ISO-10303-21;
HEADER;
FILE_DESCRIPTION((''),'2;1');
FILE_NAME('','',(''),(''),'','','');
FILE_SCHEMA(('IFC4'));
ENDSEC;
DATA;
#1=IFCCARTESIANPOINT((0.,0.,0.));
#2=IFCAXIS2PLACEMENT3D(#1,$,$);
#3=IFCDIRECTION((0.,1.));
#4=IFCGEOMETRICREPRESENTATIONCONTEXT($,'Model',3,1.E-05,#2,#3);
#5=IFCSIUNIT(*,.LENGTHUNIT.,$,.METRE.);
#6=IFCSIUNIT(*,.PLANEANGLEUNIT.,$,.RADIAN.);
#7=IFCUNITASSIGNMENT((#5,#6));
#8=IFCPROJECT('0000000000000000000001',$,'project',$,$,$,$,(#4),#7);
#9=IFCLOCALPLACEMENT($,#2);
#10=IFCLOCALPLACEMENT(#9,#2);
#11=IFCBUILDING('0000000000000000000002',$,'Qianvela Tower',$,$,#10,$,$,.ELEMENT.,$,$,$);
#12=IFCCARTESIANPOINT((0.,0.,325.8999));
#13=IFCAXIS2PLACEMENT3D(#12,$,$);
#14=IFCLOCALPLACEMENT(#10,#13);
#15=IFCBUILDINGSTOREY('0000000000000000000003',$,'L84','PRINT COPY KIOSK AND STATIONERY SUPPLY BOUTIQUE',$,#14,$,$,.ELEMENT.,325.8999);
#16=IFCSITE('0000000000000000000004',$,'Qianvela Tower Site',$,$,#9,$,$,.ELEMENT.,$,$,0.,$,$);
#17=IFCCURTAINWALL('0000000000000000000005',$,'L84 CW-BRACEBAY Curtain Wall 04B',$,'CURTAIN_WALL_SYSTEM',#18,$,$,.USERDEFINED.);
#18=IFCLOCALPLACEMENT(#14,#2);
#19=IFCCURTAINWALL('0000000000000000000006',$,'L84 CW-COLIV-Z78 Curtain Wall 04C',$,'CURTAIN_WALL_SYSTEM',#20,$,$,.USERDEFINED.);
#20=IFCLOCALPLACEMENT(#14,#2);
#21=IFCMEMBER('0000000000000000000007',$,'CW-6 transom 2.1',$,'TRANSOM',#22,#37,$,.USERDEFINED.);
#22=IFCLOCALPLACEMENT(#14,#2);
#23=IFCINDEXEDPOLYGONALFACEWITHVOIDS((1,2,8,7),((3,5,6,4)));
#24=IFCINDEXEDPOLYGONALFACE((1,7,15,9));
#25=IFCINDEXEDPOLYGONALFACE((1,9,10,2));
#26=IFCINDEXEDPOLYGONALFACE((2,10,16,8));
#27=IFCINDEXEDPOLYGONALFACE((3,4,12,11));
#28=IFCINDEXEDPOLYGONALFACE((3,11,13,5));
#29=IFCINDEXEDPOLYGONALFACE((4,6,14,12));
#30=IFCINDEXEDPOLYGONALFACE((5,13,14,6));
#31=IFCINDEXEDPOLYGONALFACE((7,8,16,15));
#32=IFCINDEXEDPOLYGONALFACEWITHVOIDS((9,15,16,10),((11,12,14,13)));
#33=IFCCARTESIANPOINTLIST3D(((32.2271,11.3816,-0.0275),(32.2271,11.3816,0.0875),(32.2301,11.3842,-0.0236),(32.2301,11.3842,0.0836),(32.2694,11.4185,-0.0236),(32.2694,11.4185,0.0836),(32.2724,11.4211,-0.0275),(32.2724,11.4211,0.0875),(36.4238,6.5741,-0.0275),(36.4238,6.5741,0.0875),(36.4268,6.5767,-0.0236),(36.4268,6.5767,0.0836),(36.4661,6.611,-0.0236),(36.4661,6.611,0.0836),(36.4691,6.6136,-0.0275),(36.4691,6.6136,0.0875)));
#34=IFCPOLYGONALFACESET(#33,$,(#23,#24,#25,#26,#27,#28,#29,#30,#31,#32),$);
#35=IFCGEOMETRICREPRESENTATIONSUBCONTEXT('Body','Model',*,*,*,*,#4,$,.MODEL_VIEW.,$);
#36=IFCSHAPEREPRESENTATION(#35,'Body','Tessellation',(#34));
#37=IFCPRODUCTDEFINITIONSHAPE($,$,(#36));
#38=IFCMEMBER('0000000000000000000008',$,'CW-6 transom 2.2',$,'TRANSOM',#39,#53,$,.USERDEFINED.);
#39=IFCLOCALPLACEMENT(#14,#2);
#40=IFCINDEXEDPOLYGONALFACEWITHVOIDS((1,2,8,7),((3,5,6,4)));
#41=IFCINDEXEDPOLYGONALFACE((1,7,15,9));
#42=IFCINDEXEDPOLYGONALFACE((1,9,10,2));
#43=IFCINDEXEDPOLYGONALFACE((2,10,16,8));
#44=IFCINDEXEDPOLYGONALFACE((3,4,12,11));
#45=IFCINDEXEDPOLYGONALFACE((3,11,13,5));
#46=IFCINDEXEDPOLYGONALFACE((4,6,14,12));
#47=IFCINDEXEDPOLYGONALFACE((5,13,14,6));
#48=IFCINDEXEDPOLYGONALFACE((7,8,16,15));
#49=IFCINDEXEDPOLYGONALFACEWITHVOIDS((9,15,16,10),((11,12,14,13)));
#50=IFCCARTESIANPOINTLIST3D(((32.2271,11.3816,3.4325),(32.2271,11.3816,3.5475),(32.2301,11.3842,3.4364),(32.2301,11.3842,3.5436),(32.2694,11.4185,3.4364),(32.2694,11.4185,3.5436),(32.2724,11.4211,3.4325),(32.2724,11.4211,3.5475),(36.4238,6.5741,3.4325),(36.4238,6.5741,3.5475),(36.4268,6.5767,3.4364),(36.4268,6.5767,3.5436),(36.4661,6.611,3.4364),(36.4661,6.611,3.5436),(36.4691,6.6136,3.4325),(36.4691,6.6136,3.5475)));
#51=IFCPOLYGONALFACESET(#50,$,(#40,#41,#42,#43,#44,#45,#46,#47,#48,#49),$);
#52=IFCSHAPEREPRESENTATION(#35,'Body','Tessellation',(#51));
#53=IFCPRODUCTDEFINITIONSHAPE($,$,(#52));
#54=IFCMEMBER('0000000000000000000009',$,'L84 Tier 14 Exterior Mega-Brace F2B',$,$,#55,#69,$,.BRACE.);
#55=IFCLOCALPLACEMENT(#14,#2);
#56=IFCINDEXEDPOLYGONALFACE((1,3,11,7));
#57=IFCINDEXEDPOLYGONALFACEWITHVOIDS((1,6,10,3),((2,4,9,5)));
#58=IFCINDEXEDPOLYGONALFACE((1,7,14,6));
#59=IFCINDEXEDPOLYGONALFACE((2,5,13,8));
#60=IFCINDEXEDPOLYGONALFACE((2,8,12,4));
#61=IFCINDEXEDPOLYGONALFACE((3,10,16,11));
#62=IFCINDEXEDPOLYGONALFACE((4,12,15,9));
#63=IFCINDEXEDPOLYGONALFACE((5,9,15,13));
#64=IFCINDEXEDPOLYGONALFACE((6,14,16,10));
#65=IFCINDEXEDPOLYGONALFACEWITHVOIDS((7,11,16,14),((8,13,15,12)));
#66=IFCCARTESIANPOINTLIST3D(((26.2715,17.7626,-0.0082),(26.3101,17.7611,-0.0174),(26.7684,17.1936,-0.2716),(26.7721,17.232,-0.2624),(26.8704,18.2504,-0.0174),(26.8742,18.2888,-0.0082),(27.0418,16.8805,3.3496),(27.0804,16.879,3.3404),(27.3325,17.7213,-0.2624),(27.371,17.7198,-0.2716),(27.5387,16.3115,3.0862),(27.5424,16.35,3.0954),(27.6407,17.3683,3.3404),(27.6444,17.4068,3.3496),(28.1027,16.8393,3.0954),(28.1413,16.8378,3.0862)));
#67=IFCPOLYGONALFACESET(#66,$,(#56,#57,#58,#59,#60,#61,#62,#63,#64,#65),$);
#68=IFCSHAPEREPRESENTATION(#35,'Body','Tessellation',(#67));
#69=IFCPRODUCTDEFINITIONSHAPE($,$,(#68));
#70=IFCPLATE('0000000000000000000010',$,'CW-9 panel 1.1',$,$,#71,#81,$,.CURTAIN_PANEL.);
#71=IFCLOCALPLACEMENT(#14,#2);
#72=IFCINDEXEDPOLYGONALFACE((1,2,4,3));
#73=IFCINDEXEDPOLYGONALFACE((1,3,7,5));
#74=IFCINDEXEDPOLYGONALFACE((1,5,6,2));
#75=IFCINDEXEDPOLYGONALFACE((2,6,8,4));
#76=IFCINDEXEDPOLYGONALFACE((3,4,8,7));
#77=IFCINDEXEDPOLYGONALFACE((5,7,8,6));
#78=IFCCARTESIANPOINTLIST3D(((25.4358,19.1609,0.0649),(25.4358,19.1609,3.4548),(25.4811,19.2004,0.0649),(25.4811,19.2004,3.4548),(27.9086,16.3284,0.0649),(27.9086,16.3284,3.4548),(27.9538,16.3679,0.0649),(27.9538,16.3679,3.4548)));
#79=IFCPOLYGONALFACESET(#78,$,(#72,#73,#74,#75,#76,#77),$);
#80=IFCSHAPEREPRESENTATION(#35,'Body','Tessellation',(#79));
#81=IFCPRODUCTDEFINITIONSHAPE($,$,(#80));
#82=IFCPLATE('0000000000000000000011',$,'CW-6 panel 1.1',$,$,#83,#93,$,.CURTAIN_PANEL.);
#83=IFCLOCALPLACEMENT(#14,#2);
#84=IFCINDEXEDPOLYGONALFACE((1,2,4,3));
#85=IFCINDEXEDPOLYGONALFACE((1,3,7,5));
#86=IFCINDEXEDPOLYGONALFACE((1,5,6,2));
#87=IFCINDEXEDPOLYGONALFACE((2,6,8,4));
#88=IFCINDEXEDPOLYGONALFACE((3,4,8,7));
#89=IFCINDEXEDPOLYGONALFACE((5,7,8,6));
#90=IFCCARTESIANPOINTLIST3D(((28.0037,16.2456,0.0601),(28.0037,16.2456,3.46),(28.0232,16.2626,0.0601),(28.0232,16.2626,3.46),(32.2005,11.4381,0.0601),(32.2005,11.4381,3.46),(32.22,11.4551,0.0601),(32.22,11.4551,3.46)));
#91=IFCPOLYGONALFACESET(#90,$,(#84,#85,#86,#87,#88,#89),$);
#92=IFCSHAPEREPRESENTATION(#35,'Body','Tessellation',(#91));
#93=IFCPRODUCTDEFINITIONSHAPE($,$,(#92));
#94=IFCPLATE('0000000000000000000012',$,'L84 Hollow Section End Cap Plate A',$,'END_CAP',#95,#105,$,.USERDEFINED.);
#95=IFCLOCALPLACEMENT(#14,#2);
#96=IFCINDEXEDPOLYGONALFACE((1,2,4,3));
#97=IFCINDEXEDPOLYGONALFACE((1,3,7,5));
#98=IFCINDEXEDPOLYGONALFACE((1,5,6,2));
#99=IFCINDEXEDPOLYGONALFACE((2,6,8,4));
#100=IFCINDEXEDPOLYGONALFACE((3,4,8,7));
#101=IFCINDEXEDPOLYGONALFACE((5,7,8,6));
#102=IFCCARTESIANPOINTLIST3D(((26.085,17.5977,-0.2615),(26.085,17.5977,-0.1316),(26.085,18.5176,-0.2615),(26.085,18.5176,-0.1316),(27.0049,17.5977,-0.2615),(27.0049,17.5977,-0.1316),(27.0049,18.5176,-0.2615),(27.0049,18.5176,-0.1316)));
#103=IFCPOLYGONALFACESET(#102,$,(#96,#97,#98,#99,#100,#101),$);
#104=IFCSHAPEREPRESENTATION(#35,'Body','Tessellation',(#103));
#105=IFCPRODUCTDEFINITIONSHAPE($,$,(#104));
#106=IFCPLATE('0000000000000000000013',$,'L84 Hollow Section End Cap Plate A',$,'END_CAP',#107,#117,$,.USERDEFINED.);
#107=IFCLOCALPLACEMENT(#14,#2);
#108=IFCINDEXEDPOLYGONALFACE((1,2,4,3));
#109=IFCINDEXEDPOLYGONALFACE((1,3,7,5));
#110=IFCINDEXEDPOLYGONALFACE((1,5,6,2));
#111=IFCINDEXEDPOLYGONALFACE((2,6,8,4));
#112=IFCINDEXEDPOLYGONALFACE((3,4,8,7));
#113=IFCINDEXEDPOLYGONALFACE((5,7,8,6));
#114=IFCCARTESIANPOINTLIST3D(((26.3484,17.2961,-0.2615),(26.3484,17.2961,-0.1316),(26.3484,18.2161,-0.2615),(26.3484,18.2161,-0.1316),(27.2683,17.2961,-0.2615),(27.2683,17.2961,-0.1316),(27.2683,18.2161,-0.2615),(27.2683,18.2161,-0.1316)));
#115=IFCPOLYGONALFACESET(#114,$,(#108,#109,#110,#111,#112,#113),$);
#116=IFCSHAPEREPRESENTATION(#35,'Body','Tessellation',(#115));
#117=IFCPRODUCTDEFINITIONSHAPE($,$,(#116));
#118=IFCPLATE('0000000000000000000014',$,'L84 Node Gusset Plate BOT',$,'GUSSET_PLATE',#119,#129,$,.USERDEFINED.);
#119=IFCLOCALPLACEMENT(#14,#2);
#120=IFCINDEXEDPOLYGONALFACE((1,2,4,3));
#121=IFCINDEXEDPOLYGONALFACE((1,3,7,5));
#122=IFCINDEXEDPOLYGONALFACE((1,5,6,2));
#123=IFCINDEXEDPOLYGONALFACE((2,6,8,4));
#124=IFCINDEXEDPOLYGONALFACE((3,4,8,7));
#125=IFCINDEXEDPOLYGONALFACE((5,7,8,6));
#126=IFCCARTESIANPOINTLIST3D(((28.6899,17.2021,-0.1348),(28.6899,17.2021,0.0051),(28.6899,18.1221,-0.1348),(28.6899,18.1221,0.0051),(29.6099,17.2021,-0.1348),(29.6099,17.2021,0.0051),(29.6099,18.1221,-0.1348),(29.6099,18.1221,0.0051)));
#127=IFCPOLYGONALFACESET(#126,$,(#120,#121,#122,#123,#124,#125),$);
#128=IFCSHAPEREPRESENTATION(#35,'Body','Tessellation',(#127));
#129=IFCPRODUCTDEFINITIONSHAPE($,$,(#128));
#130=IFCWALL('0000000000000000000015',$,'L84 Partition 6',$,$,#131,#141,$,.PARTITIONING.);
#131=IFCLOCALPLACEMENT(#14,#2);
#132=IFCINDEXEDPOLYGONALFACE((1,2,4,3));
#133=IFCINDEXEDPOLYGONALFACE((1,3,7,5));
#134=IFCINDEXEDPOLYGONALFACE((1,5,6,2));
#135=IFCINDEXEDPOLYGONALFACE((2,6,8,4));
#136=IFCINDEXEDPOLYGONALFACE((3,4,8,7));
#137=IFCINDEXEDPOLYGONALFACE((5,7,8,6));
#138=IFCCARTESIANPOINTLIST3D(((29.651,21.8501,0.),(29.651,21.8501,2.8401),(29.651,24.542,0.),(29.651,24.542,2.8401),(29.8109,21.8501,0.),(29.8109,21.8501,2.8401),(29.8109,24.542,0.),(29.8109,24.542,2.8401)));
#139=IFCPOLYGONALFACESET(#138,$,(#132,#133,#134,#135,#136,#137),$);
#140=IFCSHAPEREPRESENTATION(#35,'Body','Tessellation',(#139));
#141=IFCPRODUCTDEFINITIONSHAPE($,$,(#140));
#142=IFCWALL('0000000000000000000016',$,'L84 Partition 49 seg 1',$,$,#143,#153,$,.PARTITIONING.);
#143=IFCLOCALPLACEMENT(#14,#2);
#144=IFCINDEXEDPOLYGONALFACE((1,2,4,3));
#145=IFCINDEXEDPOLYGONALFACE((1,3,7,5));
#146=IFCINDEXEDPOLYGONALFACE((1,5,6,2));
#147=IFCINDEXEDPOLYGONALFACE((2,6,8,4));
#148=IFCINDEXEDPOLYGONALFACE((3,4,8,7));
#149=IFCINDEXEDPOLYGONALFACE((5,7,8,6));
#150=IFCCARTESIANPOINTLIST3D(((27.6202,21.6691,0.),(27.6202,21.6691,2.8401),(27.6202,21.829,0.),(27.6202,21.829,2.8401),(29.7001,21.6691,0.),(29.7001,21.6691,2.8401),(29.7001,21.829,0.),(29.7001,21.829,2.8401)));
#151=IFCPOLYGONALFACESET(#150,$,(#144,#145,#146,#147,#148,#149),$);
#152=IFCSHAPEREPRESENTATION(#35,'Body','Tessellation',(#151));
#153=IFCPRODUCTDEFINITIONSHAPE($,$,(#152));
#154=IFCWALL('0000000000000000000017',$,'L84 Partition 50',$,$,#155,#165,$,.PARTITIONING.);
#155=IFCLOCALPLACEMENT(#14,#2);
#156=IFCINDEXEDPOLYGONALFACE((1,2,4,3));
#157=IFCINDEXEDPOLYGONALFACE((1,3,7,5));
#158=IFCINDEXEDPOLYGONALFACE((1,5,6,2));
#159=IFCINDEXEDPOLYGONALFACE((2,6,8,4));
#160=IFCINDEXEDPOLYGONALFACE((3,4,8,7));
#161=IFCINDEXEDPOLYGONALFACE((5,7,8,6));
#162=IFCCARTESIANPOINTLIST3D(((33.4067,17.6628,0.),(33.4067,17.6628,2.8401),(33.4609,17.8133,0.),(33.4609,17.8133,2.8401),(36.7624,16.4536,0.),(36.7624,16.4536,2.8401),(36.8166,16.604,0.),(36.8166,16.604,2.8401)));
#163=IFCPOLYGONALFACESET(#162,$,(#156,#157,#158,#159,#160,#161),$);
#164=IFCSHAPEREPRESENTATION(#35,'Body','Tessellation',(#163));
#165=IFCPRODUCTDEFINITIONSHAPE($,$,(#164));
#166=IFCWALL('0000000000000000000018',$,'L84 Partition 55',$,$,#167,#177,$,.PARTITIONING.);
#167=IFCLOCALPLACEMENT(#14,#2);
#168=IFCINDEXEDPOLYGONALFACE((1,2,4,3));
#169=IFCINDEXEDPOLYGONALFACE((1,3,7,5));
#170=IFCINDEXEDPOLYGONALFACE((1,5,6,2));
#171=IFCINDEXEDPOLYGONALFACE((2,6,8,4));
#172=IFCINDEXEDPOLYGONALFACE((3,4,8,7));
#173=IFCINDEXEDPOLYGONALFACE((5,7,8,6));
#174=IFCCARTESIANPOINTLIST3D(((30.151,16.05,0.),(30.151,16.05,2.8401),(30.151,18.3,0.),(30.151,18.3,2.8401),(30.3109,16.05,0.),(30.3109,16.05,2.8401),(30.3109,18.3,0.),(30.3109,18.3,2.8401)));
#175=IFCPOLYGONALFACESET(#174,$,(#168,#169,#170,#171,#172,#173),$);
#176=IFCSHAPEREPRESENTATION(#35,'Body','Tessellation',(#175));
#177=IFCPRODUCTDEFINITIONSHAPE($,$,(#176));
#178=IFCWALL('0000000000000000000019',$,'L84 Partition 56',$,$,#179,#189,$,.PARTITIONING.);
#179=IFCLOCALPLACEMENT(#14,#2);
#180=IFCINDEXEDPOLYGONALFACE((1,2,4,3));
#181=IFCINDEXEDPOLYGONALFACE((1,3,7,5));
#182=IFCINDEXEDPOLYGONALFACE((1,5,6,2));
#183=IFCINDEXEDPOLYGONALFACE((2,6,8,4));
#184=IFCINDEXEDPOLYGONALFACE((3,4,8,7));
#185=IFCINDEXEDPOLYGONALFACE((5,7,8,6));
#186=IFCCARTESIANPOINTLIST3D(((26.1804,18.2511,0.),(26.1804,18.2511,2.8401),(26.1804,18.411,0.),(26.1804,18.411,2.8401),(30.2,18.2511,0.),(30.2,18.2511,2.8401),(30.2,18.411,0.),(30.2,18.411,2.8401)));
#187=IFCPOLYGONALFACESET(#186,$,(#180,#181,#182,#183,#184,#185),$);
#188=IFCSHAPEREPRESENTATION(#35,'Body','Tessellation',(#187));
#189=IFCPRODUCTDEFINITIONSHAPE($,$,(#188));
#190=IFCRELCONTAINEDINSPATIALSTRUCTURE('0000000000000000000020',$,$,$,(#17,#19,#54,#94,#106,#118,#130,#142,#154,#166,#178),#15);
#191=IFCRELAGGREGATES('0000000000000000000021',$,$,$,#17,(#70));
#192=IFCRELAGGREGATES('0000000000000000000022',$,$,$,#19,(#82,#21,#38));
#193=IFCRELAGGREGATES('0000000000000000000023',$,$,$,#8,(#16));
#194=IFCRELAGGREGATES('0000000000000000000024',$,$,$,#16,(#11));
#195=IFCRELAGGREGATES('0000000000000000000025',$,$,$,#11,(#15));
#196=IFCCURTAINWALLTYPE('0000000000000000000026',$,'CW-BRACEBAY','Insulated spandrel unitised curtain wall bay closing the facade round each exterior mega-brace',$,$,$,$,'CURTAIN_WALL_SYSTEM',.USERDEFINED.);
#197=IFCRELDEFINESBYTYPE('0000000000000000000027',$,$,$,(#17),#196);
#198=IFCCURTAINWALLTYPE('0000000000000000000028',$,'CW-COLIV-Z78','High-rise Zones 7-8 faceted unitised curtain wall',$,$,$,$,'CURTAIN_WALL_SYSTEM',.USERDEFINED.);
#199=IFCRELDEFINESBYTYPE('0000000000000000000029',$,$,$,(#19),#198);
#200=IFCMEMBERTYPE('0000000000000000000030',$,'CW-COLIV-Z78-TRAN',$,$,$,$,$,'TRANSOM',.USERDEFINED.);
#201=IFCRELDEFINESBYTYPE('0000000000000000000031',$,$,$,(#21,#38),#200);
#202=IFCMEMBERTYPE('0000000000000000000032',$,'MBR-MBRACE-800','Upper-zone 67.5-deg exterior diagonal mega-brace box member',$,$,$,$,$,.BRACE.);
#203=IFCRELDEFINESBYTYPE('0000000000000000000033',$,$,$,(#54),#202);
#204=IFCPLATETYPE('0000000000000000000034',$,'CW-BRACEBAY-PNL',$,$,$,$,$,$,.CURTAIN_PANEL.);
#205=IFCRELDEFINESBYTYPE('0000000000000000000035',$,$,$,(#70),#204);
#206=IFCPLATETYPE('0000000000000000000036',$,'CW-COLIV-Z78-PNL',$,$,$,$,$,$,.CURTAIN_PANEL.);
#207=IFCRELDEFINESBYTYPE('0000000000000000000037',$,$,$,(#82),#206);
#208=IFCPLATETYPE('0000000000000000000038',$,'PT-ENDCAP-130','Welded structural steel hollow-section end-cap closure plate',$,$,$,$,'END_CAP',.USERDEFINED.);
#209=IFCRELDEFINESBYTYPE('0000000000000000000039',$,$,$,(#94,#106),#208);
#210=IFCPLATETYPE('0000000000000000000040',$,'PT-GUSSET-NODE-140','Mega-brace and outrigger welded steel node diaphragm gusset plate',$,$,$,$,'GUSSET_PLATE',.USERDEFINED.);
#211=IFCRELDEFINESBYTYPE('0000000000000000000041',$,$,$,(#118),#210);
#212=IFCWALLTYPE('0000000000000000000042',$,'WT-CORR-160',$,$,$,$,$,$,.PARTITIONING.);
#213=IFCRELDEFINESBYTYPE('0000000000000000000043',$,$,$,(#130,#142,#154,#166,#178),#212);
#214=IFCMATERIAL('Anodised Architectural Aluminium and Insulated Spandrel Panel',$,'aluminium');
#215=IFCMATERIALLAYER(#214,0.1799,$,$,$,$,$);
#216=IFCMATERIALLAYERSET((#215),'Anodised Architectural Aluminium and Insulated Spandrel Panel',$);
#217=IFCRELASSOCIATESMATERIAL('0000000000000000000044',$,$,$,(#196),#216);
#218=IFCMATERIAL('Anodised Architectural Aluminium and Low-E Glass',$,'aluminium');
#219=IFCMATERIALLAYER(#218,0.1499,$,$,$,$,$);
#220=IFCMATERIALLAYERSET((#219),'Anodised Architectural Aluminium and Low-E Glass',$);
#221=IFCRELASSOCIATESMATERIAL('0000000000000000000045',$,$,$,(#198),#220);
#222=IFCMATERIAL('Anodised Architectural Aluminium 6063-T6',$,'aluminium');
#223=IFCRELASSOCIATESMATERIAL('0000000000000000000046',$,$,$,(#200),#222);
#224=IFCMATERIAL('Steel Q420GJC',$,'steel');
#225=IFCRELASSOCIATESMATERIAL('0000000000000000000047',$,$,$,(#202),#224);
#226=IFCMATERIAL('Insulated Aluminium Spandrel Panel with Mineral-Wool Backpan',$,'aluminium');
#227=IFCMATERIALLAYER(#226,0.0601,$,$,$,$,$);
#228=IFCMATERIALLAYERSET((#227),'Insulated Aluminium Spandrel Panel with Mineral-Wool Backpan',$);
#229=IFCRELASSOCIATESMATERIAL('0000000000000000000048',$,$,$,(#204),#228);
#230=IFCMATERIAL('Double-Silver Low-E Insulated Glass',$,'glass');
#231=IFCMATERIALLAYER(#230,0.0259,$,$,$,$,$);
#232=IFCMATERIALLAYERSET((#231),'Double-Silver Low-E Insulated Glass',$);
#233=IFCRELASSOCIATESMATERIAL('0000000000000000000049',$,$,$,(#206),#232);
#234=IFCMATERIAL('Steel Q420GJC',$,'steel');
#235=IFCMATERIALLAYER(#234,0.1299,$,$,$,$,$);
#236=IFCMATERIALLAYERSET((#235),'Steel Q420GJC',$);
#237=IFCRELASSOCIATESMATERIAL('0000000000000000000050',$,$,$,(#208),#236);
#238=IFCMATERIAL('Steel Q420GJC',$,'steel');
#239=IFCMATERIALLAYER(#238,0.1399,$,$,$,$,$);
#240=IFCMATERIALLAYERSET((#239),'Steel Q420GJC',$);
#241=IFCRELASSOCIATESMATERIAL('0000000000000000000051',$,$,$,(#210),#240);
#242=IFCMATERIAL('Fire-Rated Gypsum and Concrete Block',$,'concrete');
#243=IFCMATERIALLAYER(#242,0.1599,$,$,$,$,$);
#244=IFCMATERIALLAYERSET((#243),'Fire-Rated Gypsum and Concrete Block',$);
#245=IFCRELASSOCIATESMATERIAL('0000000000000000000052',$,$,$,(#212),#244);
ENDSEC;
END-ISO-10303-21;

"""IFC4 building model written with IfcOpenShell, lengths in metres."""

from ifc_helpers import new_model, si_unit, direction, frame, frame_2d, origin, origin_2d, place, context, subcontext, project, spatial, rectangle, hollow_rectangle, extrude, material, layer, layer_set, material_profile, profile_set, type_object, element, aggregate, save


model = new_model("IFC4")

# Units and contexts
model_context = context("Model", 3, precision=1e-05, world=origin(), true_north=direction((0.0, 1.0)))
body_context = subcontext(model_context, "Body", "Model", "MODEL_VIEW")
ifc_project = project(units=[si_unit("LENGTHUNIT", "METRE"), si_unit("PLANEANGLEUNIT", "RADIAN")], contexts=[model_context])

# Site, building, storey
site_placement = place(None, origin())
site = spatial("IfcSite", under=ifc_project, at=site_placement, Name="Qianvela Tower Site", CompositionType="ELEMENT", RefElevation=0.0)
building_placement = place(site_placement, origin())
building = spatial("IfcBuilding", under=site, at=building_placement, Name="Qianvela Tower", CompositionType="ELEMENT")
storey_placement = place(building_placement, frame((0.0, 0.0, 325.8999)))
storey = spatial("IfcBuildingStorey", under=building, at=storey_placement, Name="L84", Description="PRINT COPY KIOSK AND STATIONERY SUPPLY BOUTIQUE", CompositionType="ELEMENT", Elevation=325.8999)

# Curtain wall
ifc_material_1 = material(Name="Anodised Architectural Aluminium and Insulated Spandrel Panel", Category="aluminium")
ifc_layer_1 = layer(ifc_material_1, 0.1799)
ifc_layer_set_1 = layer_set([ifc_layer_1], Name="Anodised Architectural Aluminium and Insulated Spandrel Panel")
curtain_wall_type_1 = type_object("IfcCurtainWallType", Name="CW-BRACEBAY", Description="Insulated spandrel unitised curtain wall bay closing the facade round each exterior mega-brace", ElementType="CURTAIN_WALL_SYSTEM", PredefinedType="USERDEFINED", material=ifc_layer_set_1)
curtain_wall_1_placement = place(storey_placement, origin())
curtain_wall_1 = element("IfcCurtainWall", 1, at=curtain_wall_1_placement, inside=storey, type_object=curtain_wall_type_1, Name="L84 CW-BRACEBAY Curtain Wall 04B", ObjectType="CURTAIN_WALL_SYSTEM", PredefinedType="USERDEFINED")

# Curtain wall, members
ifc_material_2 = material(Name="Anodised Architectural Aluminium and Low-E Glass", Category="aluminium")
ifc_layer_2 = layer(ifc_material_2, 0.1499)
ifc_layer_set_2 = layer_set([ifc_layer_2], Name="Anodised Architectural Aluminium and Low-E Glass")
curtain_wall_type_2 = type_object("IfcCurtainWallType", Name="CW-COLIV-Z78", Description="High-rise Zones 7-8 faceted unitised curtain wall", ElementType="CURTAIN_WALL_SYSTEM", PredefinedType="USERDEFINED", material=ifc_layer_set_2)
curtain_wall_2_placement = place(storey_placement, origin())
curtain_wall_2 = element("IfcCurtainWall", 2, at=curtain_wall_2_placement, inside=storey, type_object=curtain_wall_type_2, Name="L84 CW-COLIV-Z78 Curtain Wall 04C", ObjectType="CURTAIN_WALL_SYSTEM", PredefinedType="USERDEFINED")
ifc_material_3 = material(Name="Anodised Architectural Aluminium 6063-T6", Category="aluminium")
ifc_material_profile_1 = material_profile(ifc_material_3, hollow_rectangle(XDim=0.0601, YDim=0.115, WallThickness=0.0039, at=origin_2d()), Name="ALU-TRAN-60x115")
ifc_profile_set_1 = profile_set([ifc_material_profile_1], Name="Anodised Architectural Aluminium 6063-T6")
member_type_1 = type_object("IfcMemberType", Name="CW-COLIV-Z78-TRAN", ElementType="TRANSOM", PredefinedType="USERDEFINED", material=ifc_profile_set_1)
member_1_placement = place(storey_placement, frame((32.2498, 11.4014, 0.03), z_axis=(0.657627, -0.753344, 0.0), x_axis=(0.753344, 0.657627, 0.0)))
member_1 = element("IfcMember", 3, at=member_1_placement, type_object=member_type_1, Name="CW-6 transom 2.1", ObjectType="TRANSOM", PredefinedType="USERDEFINED", context=body_context, shape_type="SweptSolid", body=[
    extrude(hollow_rectangle(XDim=0.0601, YDim=0.115, WallThickness=0.0039, at=origin_2d()), origin(), (0.0, 0.0, 1.0), 6.3816),
])
member_2_placement = place(storey_placement, frame((32.2498, 11.4014, 3.49), z_axis=(0.657627, -0.753344, 0.0), x_axis=(0.753344, 0.657627, 0.0)))
member_2 = element("IfcMember", 4, at=member_2_placement, type_object=member_type_1, Name="CW-6 transom 2.2", ObjectType="TRANSOM", PredefinedType="USERDEFINED", context=body_context, shape_type="SweptSolid", body=[
    extrude(hollow_rectangle(XDim=0.0601, YDim=0.115, WallThickness=0.0039, at=origin_2d()), origin(), (0.0, 0.0, 1.0), 6.3816),
])

# Member
ifc_material_4 = material(Name="Steel Q420GJC", Category="steel")
ifc_material_profile_2 = material_profile(ifc_material_4, hollow_rectangle(XDim=0.8, YDim=0.8, WallThickness=0.0281, at=origin_2d()), Name="MBOX-800x800x28")
ifc_profile_set_2 = profile_set([ifc_material_profile_2], Name="Steel Q420GJC")
member_type_2 = type_object("IfcMemberType", Name="MBR-MBRACE-800", Description="Upper-zone 67.5-deg exterior diagonal mega-brace box member", PredefinedType="BRACE", material=ifc_profile_set_2)
member_3_placement = place(storey_placement, frame((26.8213, 17.7412, -0.1399), z_axis=(0.216594, -0.248036, 0.944227), x_axis=(0.753235, 0.657752, 0.0)))
element("IfcMember", 5, at=member_3_placement, inside=storey, type_object=member_type_2, Name="L84 Tier 14 Exterior Mega-Brace F2B", PredefinedType="BRACE", context=body_context, shape_type="SweptSolid", body=[
    extrude(hollow_rectangle(XDim=0.8, YDim=0.8, WallThickness=0.0281, at=origin_2d()), origin(), (0.0, 0.0, 1.0), 3.5562),
])

# Plates
ifc_material_5 = material(Name="Insulated Aluminium Spandrel Panel with Mineral-Wool Backpan", Category="aluminium")
ifc_layer_3 = layer(ifc_material_5, 0.0601)
ifc_layer_set_3 = layer_set([ifc_layer_3], Name="Insulated Aluminium Spandrel Panel with Mineral-Wool Backpan")
plate_type_1 = type_object("IfcPlateType", Name="CW-BRACEBAY-PNL", PredefinedType="CURTAIN_PANEL", material=ifc_layer_set_3)
plate_1_placement = place(storey_placement, frame((26.6948, 17.7644, 0.0649), z_axis=(0.0, 0.0, 1.0), x_axis=(0.657632, -0.753339, 0.0)))
plate_1 = element("IfcPlate", 6, at=plate_1_placement, type_object=plate_type_1, Name="CW-9 panel 1.1", PredefinedType="CURTAIN_PANEL", context=body_context, shape_type="SweptSolid", body=[
    extrude(rectangle(XDim=3.76, YDim=0.0601, at=origin_2d()), origin(), (0.0, 0.0, 1.0), 3.3899),
])
aggregate(curtain_wall_1, [plate_1])
ifc_material_6 = material(Name="Double-Silver Low-E Insulated Glass", Category="glass")
ifc_layer_4 = layer(ifc_material_6, 0.0259)
ifc_layer_set_4 = layer_set([ifc_layer_4], Name="Double-Silver Low-E Insulated Glass")
plate_type_2 = type_object("IfcPlateType", Name="CW-COLIV-Z78-PNL", PredefinedType="CURTAIN_PANEL", material=ifc_layer_set_4)
plate_2_placement = place(storey_placement, frame((30.1118, 13.8503, 0.0601), z_axis=(0.0, 0.0, 1.0), x_axis=(0.657639, -0.753333, 0.0)))
plate_2 = element("IfcPlate", 7, at=plate_2_placement, type_object=plate_type_2, Name="CW-6 panel 1.1", PredefinedType="CURTAIN_PANEL", context=body_context, shape_type="SweptSolid", body=[
    extrude(rectangle(XDim=6.3816, YDim=0.0259, at=origin_2d()), origin(), (0.0, 0.0, 1.0), 3.3999),
])
aggregate(curtain_wall_2, [plate_2, member_1, member_2])

# Plates
ifc_material_7 = material(Name="Steel Q420GJC", Category="steel")
ifc_layer_5 = layer(ifc_material_7, 0.1299)
ifc_layer_set_5 = layer_set([ifc_layer_5], Name="Steel Q420GJC")
plate_type_3 = type_object("IfcPlateType", Name="PT-ENDCAP-130", Description="Welded structural steel hollow-section end-cap closure plate", ElementType="END_CAP", PredefinedType="USERDEFINED", material=ifc_layer_set_5)
for number, where, z_axis, x_axis, name in (
    (8, (26.5449, 18.0576, -0.2615), (0.0, 0.0, 1.0), (1.0, 0.0, 0.0), "L84 Hollow Section End Cap Plate A"),
    (9, (26.8083, 17.7561, -0.2615), (0.0, 0.0, 1.0), (1.0, 0.0, 0.0), "L84 Hollow Section End Cap Plate A"),
):
    element("IfcPlate", number, at=place(storey_placement, frame(where, z_axis=z_axis, x_axis=x_axis)), inside=storey, type_object=plate_type_3, Name=name, ObjectType="END_CAP", PredefinedType="USERDEFINED", context=body_context, shape_type="SweptSolid", body=[
        extrude(rectangle(XDim=0.9199, YDim=0.9199, at=origin_2d()), origin(), (0.0, 0.0, 1.0), 0.1299),
    ])
ifc_material_8 = material(Name="Steel Q420GJC", Category="steel")
ifc_layer_6 = layer(ifc_material_8, 0.1399)
ifc_layer_set_6 = layer_set([ifc_layer_6], Name="Steel Q420GJC")
plate_type_4 = type_object("IfcPlateType", Name="PT-GUSSET-NODE-140", Description="Mega-brace and outrigger welded steel node diaphragm gusset plate", ElementType="GUSSET_PLATE", PredefinedType="USERDEFINED", material=ifc_layer_set_6)
plate_3_placement = place(storey_placement, frame((29.1499, 17.6621, -0.1348), z_axis=(0.0, 0.0, 1.0), x_axis=(1.0, 0.0, 0.0)))
element("IfcPlate", 10, at=plate_3_placement, inside=storey, type_object=plate_type_4, Name="L84 Node Gusset Plate BOT", ObjectType="GUSSET_PLATE", PredefinedType="USERDEFINED", context=body_context, shape_type="SweptSolid", body=[
    extrude(rectangle(XDim=0.9199, YDim=0.9199, at=origin_2d()), origin(), (0.0, 0.0, 1.0), 0.1399),
])

# Shared definitions
ifc_material_9 = material(Name="Fire-Rated Gypsum and Concrete Block", Category="concrete")
ifc_layer_7 = layer(ifc_material_9, 0.1599)
ifc_layer_set_7 = layer_set([ifc_layer_7], Name="Fire-Rated Gypsum and Concrete Block")
wall_type = type_object("IfcWallType", Name="WT-CORR-160", PredefinedType="PARTITIONING", material=ifc_layer_set_7)

# Walls
wall_1_placement = place(storey_placement, frame((29.731, 21.8501, 0.0), z_axis=(0.0, 0.0, 1.0), x_axis=(0.0, 1.0, 0.0)))
element("IfcWall", 11, at=wall_1_placement, inside=storey, type_object=wall_type, Name="L84 Partition 6", PredefinedType="PARTITIONING", context=body_context, shape_type="SweptSolid", body=[
    extrude(rectangle(XDim=2.6919, YDim=0.1599, at=frame_2d((1.3459, 0.0))), origin(), (0.0, 0.0, 1.0), 2.8401),
])
wall_2_placement = place(storey_placement, frame((27.6201, 21.749, 0.0), z_axis=(0.0, 0.0, 1.0), x_axis=(1.0, 0.0, 0.0)))
element("IfcWall", 12, at=wall_2_placement, inside=storey, type_object=wall_type, Name="L84 Partition 49 seg 1", PredefinedType="PARTITIONING", context=body_context, shape_type="SweptSolid", body=[
    extrude(rectangle(XDim=2.0798, YDim=0.1599, at=frame_2d((1.04, 0.0))), origin(), (0.0, 0.0, 1.0), 2.8401),
])
wall_3_placement = place(storey_placement, frame((33.4338, 17.738, 0.0), z_axis=(0.0, 0.0, 1.0), x_axis=(0.940783, -0.33901, 0.0)))
element("IfcWall", 13, at=wall_3_placement, inside=storey, type_object=wall_type, Name="L84 Partition 50", PredefinedType="PARTITIONING", context=body_context, shape_type="SweptSolid", body=[
    extrude(rectangle(XDim=3.5669, YDim=0.1599, at=frame_2d((1.7834, 0.0))), origin(), (0.0, 0.0, 1.0), 2.8401),
])
wall_4_placement = place(storey_placement, frame((30.231, 16.05, 0.0), z_axis=(0.0, 0.0, 1.0), x_axis=(0.0, 1.0, 0.0)))
element("IfcWall", 14, at=wall_4_placement, inside=storey, type_object=wall_type, Name="L84 Partition 55", PredefinedType="PARTITIONING", context=body_context, shape_type="SweptSolid", body=[
    extrude(rectangle(XDim=2.25, YDim=0.1599, at=frame_2d((1.125, 0.0))), origin(), (0.0, 0.0, 1.0), 2.8401),
])
wall_5_placement = place(storey_placement, frame((30.2, 18.3311, 0.0), z_axis=(0.0, 0.0, 1.0), x_axis=(-1.0, 0.0, 0.0)))
element("IfcWall", 15, at=wall_5_placement, inside=storey, type_object=wall_type, Name="L84 Partition 56", PredefinedType="PARTITIONING", context=body_context, shape_type="SweptSolid", body=[
    extrude(rectangle(XDim=4.0195, YDim=0.1599, at=frame_2d((2.0098, 0.0))), origin(), (0.0, 0.0, 1.0), 2.8401),
])

save(model, "model.ifc")
